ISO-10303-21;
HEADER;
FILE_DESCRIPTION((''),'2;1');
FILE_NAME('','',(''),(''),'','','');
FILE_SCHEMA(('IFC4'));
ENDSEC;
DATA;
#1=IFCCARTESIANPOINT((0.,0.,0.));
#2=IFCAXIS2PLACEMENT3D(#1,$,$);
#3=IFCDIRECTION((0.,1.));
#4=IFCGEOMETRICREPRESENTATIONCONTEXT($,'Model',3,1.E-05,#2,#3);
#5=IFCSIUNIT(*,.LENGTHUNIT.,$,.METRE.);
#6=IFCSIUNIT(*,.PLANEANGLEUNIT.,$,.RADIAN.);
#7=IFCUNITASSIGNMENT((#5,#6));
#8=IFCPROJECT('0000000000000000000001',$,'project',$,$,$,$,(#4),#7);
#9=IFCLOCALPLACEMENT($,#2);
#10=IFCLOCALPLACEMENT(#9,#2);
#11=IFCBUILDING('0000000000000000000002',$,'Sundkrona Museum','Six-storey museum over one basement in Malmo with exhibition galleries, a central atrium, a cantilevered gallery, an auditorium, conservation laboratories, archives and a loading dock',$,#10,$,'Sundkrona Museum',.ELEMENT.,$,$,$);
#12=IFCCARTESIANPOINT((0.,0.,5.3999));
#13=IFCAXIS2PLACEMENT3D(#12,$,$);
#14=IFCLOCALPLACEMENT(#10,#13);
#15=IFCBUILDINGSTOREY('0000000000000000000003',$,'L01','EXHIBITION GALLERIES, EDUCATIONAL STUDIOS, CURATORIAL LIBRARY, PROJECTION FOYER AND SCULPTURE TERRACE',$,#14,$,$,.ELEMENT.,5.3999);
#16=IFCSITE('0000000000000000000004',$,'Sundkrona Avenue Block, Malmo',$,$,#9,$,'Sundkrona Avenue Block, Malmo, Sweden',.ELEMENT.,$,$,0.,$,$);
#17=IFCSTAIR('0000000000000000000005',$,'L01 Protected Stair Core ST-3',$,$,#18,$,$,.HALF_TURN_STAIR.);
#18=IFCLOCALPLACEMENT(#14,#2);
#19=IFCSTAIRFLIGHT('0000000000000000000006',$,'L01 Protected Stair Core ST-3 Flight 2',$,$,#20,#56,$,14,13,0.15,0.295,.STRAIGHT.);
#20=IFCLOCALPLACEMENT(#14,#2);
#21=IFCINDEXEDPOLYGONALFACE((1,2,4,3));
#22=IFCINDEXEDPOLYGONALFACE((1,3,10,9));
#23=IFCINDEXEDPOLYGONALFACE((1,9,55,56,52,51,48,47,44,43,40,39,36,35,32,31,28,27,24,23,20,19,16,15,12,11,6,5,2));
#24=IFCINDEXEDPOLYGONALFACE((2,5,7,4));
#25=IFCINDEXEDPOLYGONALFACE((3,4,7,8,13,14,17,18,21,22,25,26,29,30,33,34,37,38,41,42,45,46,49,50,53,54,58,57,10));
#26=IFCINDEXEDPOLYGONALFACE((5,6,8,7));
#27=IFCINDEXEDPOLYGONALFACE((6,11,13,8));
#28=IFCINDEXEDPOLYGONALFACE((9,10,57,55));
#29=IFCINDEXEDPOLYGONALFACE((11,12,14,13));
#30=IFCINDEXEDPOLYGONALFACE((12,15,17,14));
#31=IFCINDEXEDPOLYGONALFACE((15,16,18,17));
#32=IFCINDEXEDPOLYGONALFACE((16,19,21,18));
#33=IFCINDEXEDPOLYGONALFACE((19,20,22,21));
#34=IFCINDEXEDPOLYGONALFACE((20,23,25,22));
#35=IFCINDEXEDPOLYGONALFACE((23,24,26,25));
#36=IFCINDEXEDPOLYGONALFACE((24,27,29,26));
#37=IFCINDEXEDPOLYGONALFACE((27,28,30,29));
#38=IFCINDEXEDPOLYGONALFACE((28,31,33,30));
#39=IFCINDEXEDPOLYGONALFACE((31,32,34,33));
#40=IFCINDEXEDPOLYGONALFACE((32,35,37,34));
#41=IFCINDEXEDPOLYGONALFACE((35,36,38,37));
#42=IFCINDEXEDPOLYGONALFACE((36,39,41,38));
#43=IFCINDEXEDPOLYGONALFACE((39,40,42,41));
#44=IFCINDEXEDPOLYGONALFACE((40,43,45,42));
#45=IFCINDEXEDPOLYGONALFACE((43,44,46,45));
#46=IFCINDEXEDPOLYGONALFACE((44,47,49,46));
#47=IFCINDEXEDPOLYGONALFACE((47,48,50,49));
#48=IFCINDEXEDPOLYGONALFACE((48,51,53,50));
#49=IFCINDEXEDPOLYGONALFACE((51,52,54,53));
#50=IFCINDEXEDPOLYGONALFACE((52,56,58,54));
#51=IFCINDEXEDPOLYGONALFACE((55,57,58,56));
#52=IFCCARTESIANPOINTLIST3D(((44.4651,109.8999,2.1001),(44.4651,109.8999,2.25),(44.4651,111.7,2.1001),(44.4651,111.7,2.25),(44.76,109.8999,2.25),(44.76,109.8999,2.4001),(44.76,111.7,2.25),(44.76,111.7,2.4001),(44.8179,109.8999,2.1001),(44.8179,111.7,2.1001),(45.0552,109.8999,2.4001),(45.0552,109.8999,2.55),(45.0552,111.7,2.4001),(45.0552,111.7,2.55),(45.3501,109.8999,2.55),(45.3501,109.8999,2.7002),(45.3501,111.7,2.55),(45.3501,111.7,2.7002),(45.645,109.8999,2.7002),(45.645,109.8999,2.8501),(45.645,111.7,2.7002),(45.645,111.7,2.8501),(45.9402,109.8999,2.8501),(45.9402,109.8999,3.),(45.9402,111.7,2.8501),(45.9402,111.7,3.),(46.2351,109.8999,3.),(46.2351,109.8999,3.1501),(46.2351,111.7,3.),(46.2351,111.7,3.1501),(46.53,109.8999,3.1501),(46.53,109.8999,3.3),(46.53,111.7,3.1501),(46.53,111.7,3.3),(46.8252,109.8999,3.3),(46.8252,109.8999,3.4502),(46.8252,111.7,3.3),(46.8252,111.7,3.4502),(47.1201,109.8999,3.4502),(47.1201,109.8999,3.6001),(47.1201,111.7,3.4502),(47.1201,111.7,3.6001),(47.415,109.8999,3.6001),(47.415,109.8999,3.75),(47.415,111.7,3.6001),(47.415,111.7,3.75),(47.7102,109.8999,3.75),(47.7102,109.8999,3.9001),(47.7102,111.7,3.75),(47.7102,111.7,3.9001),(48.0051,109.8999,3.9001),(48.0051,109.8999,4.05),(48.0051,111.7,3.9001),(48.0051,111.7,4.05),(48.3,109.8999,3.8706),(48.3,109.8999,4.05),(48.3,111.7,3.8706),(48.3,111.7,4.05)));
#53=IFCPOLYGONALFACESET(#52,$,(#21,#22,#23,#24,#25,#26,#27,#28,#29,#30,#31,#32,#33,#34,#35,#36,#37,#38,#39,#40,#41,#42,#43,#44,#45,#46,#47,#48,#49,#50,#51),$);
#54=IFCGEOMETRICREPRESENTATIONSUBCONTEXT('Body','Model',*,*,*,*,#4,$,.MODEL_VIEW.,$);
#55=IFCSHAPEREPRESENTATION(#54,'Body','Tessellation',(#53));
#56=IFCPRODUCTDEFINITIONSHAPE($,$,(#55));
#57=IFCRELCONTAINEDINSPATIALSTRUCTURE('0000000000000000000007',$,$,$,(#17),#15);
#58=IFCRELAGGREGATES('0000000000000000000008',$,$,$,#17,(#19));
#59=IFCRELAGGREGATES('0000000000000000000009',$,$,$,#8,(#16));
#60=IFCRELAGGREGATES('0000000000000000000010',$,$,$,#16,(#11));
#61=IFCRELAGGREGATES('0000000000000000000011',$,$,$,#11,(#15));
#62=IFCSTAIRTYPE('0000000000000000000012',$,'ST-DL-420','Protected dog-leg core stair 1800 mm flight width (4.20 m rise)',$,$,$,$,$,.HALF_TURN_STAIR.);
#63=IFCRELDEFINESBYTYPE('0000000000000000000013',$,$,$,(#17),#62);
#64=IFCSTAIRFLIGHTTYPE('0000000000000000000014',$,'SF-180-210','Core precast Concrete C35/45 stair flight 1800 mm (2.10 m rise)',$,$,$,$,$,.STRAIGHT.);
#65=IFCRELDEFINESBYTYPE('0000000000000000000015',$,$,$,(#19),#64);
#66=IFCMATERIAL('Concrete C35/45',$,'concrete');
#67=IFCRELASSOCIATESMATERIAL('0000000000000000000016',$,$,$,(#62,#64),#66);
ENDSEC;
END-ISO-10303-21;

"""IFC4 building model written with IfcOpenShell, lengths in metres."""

from ifc_helpers import new_model, si_unit, direction, frame, origin, place, context, subcontext, project, spatial, polyline, outline, extrude, material, type_object, element, aggregate, save


model = new_model("IFC4")

# Units and contexts
model_context = context("Model", 3, precision=1e-05, world=origin(), true_north=direction((0.0, 1.0)))
body_context = subcontext(model_context, "Body", "Model", "MODEL_VIEW")
ifc_project = project(units=[si_unit("LENGTHUNIT", "METRE"), si_unit("PLANEANGLEUNIT", "RADIAN")], contexts=[model_context])

# Site, building, storey
site_placement = place(None, origin())
site = spatial("IfcSite", under=ifc_project, at=site_placement, Name="Sundkrona Avenue Block, Malmo", LongName="Sundkrona Avenue Block, Malmo, Sweden", CompositionType="ELEMENT", RefElevation=0.0)
building_placement = place(site_placement, origin())
building = spatial("IfcBuilding", under=site, at=building_placement, Name="Sundkrona Museum", Description="Six-storey museum over one basement in Malmo with exhibition galleries, a central atrium, a cantilevered gallery, an auditorium, conservation laboratories, archives and a loading dock", LongName="Sundkrona Museum", CompositionType="ELEMENT")
storey_placement = place(building_placement, frame((0.0, 0.0, 5.3999)))
storey = spatial("IfcBuildingStorey", under=building, at=storey_placement, Name="L01", Description="EXHIBITION GALLERIES, EDUCATIONAL STUDIOS, CURATORIAL LIBRARY, PROJECTION FOYER AND SCULPTURE TERRACE", CompositionType="ELEMENT", Elevation=5.3999)

# Stair, stair flight
ifc_material_1 = material(Name="Concrete C35/45", Category="concrete")
stair_type = type_object("IfcStairType", Name="ST-DL-420", Description="Protected dog-leg core stair 1800 mm flight width (4.20 m rise)", PredefinedType="HALF_TURN_STAIR", material=ifc_material_1)
stair_placement = place(storey_placement, origin())
stair = element("IfcStair", 1, at=stair_placement, inside=storey, type_object=stair_type, Name="L01 Protected Stair Core ST-3", PredefinedType="HALF_TURN_STAIR")
stair_flight_type = type_object("IfcStairFlightType", Name="SF-180-210", Description="Core precast Concrete C35/45 stair flight 1800 mm (2.10 m rise)", PredefinedType="STRAIGHT", material=ifc_material_1)
stair_flight_1_placement = place(storey_placement, frame((44.4651, 110.8, 2.1001), z_axis=(0.0, 0.0, 1.0), x_axis=(1.0, 0.0, 0.0)))
stair_flight_1 = element("IfcStairFlight", 2, at=stair_flight_1_placement, type_object=stair_flight_type, Name="L01 Protected Stair Core ST-3 Flight 2", NumberOfRisers=14, NumberOfTreads=13, PredefinedType="STRAIGHT", RiserHeight=0.15, TreadLength=0.295, context=body_context, shape_type="SweptSolid", body=[
    extrude(outline(polyline([(0.0, 0.0), (0.0, 0.1499), (0.2949, 0.1499), (0.2949, 0.3), (0.5901, 0.3), (0.5901, 0.45), (0.885, 0.45), (0.885, 0.6001), (1.1799, 0.6001), (1.1799, 0.75), (1.4751, 0.75), (1.4751, 0.8999), (1.77, 0.8999), (1.77, 1.05), (2.0649, 1.05), (2.0649, 1.2), (2.3601, 1.2), (2.3601, 1.3501), (2.655, 1.3501), (2.655, 1.5), (2.95, 1.5), (2.95, 1.6499), (3.2451, 1.6499), (3.2451, 1.8), (3.54, 1.8), (3.54, 1.95), (3.835, 1.95), (3.835, 2.1001), (3.835, 1.7705), (0.3528, 0.0), (0.0, 0.0)])), frame((0.0, 0.8999, 0.0), z_axis=(0.0, -1.0, 0.0), x_axis=(1.0, 0.0, 0.0)), (0.0, 0.0, 1.0), 1.8),
])
aggregate(stair, [stair_flight_1])

save(model, "model.ifc")
